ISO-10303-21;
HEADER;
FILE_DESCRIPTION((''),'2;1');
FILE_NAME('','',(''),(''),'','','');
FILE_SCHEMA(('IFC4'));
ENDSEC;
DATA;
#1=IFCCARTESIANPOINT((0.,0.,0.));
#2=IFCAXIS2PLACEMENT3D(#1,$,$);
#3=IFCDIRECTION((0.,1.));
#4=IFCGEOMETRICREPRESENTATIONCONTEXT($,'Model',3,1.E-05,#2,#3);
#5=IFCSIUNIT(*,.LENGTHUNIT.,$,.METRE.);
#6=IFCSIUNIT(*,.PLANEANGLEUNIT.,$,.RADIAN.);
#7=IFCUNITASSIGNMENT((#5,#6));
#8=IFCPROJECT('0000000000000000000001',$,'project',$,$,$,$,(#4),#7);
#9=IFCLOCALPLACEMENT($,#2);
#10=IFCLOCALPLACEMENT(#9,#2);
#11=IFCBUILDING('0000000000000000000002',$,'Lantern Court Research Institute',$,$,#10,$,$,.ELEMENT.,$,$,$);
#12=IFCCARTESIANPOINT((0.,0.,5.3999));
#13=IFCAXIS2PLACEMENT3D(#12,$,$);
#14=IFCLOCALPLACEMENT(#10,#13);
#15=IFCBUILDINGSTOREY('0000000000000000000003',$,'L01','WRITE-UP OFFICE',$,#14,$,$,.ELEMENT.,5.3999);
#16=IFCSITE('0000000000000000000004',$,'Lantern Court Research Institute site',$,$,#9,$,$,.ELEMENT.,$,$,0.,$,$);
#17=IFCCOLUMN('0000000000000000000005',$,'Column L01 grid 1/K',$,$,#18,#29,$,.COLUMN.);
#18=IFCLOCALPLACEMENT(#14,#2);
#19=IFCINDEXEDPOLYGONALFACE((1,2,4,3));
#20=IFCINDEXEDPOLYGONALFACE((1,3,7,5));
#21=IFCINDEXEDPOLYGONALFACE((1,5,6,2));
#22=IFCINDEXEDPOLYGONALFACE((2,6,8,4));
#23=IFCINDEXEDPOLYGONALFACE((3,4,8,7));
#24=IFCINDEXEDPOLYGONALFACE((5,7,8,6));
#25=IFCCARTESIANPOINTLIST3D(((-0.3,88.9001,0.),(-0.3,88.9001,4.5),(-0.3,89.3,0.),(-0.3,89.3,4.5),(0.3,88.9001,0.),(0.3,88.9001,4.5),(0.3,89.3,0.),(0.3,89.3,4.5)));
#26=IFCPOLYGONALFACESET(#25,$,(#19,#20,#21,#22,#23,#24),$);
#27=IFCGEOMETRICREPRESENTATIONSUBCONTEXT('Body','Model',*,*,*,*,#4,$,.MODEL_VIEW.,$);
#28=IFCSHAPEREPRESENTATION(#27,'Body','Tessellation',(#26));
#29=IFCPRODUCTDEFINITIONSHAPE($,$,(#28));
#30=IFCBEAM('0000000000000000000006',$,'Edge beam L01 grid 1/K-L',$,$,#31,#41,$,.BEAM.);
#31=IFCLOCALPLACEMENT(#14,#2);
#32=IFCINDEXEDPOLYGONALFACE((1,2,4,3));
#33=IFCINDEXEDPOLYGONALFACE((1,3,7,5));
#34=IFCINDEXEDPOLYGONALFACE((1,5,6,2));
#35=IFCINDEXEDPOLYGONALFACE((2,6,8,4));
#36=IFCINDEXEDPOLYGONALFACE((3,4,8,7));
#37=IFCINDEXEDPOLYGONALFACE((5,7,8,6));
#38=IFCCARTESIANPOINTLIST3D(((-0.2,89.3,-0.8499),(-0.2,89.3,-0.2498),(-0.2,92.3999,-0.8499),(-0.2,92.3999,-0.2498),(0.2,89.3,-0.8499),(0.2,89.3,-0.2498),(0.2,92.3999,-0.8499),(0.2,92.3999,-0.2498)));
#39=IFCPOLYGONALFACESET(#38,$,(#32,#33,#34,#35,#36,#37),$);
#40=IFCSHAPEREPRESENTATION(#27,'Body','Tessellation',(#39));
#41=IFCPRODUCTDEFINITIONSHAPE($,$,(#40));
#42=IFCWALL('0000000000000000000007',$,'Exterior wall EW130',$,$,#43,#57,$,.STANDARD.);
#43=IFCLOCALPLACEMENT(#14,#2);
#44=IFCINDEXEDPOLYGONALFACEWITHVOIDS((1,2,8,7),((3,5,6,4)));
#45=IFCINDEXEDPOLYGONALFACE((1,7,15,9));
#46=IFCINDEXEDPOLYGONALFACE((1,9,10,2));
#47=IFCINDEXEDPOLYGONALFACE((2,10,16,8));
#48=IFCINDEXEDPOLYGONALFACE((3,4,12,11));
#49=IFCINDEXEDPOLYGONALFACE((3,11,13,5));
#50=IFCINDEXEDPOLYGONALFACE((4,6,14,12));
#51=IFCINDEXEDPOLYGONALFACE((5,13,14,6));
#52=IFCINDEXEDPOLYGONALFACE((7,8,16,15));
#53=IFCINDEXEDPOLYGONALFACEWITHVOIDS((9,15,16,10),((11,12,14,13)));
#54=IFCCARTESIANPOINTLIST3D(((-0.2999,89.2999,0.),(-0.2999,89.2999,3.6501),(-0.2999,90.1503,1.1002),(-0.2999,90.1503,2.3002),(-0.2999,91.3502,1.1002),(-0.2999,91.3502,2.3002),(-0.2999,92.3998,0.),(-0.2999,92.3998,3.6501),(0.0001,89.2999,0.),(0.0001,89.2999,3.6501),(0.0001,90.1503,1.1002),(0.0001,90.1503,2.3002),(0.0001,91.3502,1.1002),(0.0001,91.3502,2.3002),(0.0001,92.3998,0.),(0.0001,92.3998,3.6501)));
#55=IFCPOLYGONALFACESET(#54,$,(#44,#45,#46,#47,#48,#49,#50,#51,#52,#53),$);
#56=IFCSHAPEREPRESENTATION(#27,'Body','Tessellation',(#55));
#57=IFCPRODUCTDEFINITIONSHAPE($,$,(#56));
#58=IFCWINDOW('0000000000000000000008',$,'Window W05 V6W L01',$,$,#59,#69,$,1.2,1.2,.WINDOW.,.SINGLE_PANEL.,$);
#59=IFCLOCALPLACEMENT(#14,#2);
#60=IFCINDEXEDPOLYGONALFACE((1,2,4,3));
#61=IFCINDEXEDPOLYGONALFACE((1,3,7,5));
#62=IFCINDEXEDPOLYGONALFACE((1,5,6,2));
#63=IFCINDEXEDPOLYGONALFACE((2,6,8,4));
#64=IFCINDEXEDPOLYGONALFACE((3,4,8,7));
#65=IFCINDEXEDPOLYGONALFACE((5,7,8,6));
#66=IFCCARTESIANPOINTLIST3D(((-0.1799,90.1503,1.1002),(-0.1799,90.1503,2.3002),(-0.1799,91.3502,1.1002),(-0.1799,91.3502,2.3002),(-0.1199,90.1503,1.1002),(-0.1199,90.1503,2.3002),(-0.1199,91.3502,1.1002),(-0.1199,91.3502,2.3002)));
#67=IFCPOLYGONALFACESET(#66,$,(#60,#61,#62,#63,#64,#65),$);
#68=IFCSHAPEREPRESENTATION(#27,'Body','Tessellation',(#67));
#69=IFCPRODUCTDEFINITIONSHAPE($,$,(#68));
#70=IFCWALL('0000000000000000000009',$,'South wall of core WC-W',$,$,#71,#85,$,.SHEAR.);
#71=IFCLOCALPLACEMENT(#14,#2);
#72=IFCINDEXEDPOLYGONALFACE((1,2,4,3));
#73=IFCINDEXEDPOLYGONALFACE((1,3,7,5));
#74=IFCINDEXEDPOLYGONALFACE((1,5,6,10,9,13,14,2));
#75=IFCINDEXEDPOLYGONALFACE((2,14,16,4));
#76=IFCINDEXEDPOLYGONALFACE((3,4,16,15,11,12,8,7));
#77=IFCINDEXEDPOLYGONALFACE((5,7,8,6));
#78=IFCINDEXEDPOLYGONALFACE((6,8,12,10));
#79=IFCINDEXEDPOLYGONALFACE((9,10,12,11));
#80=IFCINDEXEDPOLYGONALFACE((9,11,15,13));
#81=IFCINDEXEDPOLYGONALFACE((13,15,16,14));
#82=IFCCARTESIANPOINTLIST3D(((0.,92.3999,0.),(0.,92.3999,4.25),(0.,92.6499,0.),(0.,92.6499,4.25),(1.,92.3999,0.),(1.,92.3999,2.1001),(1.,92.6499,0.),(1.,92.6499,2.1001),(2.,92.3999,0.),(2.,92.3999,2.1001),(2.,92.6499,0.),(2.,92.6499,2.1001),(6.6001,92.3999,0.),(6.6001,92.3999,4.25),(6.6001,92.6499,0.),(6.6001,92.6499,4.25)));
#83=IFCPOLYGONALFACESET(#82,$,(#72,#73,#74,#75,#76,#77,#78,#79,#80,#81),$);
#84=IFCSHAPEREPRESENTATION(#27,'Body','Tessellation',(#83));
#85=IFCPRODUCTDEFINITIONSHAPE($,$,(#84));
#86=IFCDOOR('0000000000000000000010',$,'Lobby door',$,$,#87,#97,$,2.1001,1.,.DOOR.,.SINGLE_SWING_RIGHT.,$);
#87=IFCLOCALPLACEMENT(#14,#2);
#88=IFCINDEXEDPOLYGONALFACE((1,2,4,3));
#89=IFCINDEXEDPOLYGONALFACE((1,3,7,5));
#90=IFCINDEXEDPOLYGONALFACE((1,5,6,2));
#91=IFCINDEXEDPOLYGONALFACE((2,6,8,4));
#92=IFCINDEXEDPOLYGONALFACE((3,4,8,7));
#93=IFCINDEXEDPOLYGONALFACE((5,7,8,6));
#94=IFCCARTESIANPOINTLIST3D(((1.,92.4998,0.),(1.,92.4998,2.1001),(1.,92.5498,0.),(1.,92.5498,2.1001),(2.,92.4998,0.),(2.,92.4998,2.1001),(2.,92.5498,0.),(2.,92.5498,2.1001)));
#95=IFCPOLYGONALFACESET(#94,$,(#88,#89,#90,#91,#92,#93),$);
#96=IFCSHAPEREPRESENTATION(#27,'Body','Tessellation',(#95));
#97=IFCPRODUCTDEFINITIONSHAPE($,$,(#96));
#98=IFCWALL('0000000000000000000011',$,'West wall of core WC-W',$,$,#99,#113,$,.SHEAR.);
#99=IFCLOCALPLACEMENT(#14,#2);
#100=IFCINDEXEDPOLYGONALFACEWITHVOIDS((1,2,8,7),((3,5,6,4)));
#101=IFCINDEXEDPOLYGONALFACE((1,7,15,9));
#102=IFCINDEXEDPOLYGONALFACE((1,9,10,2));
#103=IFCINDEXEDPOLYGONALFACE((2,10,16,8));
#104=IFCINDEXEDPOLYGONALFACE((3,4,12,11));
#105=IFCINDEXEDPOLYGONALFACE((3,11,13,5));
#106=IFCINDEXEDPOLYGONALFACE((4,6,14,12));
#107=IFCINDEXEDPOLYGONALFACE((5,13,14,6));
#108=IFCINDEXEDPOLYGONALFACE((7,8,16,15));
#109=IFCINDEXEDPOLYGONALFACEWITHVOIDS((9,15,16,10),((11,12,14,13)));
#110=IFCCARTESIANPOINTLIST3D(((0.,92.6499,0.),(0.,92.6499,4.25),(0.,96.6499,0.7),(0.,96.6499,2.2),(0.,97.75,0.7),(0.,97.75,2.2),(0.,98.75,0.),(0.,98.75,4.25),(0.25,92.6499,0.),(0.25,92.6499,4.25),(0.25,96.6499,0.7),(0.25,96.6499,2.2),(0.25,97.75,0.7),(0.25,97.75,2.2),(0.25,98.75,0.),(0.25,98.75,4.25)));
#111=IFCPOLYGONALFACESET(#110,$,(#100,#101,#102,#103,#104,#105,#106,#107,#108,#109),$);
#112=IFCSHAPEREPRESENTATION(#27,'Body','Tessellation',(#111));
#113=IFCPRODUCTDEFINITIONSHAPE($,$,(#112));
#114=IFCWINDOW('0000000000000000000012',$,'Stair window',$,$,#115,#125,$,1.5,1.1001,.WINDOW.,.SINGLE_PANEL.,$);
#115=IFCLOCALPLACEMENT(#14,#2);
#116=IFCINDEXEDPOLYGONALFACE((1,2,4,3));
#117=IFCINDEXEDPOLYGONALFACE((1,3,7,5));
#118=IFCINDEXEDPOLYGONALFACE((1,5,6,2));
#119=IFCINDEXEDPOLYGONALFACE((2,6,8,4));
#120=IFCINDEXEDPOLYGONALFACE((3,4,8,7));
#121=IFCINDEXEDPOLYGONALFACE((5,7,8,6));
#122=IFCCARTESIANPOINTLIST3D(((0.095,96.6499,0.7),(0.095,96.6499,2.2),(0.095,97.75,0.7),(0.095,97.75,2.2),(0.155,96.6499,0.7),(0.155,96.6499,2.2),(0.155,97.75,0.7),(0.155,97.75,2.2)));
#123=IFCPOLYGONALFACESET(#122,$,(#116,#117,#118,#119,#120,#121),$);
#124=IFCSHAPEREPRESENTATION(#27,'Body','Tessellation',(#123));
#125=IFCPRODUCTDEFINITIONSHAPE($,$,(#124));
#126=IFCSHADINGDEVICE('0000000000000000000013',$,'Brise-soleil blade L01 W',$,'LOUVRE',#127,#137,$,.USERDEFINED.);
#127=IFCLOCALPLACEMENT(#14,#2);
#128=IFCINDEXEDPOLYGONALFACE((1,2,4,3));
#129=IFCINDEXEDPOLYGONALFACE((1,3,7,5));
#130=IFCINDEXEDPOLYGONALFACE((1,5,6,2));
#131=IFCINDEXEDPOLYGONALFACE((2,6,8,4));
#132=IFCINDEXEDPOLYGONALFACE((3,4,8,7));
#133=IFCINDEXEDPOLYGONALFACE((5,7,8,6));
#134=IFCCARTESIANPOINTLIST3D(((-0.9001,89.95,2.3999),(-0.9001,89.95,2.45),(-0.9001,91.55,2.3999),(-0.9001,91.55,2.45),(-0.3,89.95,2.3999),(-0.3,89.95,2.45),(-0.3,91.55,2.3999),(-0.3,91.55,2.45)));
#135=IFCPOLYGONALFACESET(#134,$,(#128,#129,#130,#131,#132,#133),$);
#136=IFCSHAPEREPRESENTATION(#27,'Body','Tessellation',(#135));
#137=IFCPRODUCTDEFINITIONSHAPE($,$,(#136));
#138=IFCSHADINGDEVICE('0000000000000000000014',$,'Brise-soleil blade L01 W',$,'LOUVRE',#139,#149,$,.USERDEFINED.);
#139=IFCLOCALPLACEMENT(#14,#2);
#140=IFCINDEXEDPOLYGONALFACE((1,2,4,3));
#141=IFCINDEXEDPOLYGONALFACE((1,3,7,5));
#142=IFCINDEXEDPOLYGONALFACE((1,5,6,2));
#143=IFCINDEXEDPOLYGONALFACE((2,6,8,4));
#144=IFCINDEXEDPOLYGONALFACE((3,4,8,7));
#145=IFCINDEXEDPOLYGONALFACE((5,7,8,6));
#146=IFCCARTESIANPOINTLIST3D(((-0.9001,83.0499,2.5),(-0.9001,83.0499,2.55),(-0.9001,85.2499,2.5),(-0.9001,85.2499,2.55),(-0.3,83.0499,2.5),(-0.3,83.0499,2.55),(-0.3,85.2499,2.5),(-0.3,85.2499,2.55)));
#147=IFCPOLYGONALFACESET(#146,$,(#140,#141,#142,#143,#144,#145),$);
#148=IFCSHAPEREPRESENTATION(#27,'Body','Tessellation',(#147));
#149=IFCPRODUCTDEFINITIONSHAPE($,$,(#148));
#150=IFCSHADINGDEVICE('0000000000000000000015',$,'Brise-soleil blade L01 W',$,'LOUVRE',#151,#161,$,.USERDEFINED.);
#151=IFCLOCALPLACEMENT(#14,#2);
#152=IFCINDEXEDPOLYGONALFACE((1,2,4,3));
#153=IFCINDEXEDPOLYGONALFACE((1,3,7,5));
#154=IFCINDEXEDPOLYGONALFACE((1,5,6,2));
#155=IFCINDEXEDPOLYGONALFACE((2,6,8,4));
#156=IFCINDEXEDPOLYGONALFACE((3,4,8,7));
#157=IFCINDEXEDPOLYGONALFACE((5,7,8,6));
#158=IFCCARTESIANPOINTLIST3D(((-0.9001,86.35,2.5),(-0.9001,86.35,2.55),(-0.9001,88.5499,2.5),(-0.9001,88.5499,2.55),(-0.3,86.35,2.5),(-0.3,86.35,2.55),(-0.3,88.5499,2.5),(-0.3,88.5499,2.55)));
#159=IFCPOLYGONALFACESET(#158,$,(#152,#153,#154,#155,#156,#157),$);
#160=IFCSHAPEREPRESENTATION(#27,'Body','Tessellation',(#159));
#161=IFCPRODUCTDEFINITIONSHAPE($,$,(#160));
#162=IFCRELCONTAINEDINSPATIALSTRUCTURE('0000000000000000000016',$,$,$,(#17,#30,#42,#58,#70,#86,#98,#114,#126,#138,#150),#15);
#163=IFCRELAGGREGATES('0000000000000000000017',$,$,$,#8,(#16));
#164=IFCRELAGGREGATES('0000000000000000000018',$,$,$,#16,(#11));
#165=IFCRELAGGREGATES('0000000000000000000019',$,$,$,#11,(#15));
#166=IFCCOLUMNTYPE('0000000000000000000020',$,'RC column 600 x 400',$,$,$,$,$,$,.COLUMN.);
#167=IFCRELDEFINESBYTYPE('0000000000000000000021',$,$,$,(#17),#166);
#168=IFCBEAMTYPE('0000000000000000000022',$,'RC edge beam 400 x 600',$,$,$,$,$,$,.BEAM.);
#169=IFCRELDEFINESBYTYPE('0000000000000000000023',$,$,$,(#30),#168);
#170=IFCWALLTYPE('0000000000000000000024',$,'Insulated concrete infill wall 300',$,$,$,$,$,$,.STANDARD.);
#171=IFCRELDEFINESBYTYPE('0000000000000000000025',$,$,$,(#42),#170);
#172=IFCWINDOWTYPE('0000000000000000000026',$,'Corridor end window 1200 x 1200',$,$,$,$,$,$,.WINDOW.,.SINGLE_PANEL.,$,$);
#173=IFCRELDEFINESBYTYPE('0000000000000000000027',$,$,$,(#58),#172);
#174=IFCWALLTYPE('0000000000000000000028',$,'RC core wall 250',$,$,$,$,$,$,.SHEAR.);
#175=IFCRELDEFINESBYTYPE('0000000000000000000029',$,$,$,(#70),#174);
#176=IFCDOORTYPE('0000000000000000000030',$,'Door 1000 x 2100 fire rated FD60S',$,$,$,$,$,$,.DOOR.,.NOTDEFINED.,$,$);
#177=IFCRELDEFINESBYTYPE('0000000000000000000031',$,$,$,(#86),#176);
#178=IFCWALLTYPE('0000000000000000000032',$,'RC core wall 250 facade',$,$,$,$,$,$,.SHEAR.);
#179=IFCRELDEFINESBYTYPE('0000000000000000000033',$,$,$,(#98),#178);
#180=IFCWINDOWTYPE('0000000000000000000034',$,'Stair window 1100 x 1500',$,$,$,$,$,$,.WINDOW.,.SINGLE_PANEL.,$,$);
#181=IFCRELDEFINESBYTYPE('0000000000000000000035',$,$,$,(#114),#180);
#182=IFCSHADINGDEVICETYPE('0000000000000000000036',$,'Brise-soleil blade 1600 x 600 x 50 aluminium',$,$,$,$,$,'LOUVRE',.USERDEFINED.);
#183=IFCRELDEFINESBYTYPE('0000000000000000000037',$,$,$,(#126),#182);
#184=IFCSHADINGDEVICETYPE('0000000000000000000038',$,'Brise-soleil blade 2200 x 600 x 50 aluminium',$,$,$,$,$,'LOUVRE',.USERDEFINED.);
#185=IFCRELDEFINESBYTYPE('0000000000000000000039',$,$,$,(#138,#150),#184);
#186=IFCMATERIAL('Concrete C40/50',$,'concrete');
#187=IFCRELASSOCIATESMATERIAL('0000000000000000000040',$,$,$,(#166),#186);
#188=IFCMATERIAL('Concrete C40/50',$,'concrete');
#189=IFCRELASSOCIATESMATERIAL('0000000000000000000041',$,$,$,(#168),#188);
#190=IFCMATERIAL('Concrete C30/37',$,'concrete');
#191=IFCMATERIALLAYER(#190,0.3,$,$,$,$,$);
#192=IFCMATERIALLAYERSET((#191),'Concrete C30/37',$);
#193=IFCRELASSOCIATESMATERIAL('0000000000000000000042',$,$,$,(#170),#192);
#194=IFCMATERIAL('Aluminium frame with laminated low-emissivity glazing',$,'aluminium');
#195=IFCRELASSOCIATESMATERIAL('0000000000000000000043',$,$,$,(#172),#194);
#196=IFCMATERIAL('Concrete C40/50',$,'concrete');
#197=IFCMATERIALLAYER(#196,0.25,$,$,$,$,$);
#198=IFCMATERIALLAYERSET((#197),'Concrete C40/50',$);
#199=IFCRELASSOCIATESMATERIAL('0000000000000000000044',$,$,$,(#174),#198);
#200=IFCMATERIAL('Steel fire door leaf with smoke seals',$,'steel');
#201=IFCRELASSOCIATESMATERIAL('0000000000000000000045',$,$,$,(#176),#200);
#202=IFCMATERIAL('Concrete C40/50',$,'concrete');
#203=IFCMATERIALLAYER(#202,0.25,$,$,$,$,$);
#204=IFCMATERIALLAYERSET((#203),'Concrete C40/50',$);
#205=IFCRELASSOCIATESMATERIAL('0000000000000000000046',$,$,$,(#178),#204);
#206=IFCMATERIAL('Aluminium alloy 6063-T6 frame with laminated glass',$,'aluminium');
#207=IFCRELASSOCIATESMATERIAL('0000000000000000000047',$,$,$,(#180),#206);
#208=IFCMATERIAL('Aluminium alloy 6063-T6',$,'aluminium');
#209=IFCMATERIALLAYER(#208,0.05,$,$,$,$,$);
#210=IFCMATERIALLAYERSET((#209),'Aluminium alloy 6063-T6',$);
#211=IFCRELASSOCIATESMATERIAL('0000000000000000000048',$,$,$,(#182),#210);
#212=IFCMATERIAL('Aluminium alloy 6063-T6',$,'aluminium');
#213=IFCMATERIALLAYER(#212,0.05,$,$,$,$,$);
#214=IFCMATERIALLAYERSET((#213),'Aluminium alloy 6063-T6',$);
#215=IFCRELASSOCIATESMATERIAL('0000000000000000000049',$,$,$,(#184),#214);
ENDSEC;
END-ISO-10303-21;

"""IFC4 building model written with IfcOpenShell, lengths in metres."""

from ifc_helpers import new_model, si_unit, direction, frame, frame_2d, origin, origin_2d, place, context, subcontext, project, spatial, rectangle, extrude, material, layer, layer_set, material_profile, profile_set, type_object, element, fill, save


model = new_model("IFC4")

# Units and contexts
model_context = context("Model", 3, precision=1e-05, world=origin(), true_north=direction((0.0, 1.0)))
body_context = subcontext(model_context, "Body", "Model", "MODEL_VIEW")
ifc_project = project(units=[si_unit("LENGTHUNIT", "METRE"), si_unit("PLANEANGLEUNIT", "RADIAN")], contexts=[model_context])

# Site, building, storey
site_placement = place(None, origin())
site = spatial("IfcSite", under=ifc_project, at=site_placement, Name="Lantern Court Research Institute site", CompositionType="ELEMENT", RefElevation=0.0)
building_placement = place(site_placement, origin())
building = spatial("IfcBuilding", under=site, at=building_placement, Name="Lantern Court Research Institute", CompositionType="ELEMENT")
storey_placement = place(building_placement, frame((0.0, 0.0, 5.3999)))
storey = spatial("IfcBuildingStorey", under=building, at=storey_placement, Name="L01", Description="WRITE-UP OFFICE", CompositionType="ELEMENT", Elevation=5.3999)

# Column
ifc_material_1 = material(Name="Concrete C40/50", Category="concrete")
ifc_material_profile_1 = material_profile(ifc_material_1, rectangle(XDim=0.6001, YDim=0.3999, at=origin_2d()), Name="RC column 600 x 400")
ifc_profile_set_1 = profile_set([ifc_material_profile_1], Name="Concrete C40/50")
column_type = type_object("IfcColumnType", Name="RC column 600 x 400", PredefinedType="COLUMN", material=ifc_profile_set_1)
column_placement = place(storey_placement, frame((0.0, 89.1001, 0.0), z_axis=(0.0, 0.0, 1.0), x_axis=(1.0, 0.0, 0.0)))
element("IfcColumn", 1, at=column_placement, inside=storey, type_object=column_type, Name="Column L01 grid 1/K", PredefinedType="COLUMN", context=body_context, shape_type="SweptSolid", body=[
    extrude(rectangle(XDim=0.6001, YDim=0.3999, at=origin_2d()), origin(), (0.0, 0.0, 1.0), 4.5),
])

# Beam
ifc_material_2 = material(Name="Concrete C40/50", Category="concrete")
ifc_material_profile_2 = material_profile(ifc_material_2, rectangle(XDim=0.3999, YDim=0.6001, at=origin_2d()), Name="RC beam 400 x 600")
ifc_profile_set_2 = profile_set([ifc_material_profile_2], Name="Concrete C40/50")
beam_type = type_object("IfcBeamType", Name="RC edge beam 400 x 600", PredefinedType="BEAM", material=ifc_profile_set_2)
beam_placement = place(storey_placement, frame((0.0, 89.3, -0.5498), z_axis=(0.0, 1.0, 0.0), x_axis=(-1.0, 0.0, 0.0)))
element("IfcBeam", 2, at=beam_placement, inside=storey, type_object=beam_type, Name="Edge beam L01 grid 1/K-L", PredefinedType="BEAM", context=body_context, shape_type="SweptSolid", body=[
    extrude(rectangle(XDim=0.3999, YDim=0.6001, at=origin_2d()), origin(), (0.0, 0.0, 1.0), 3.0999),
])

# Wall, opening, window
ifc_material_3 = material(Name="Concrete C30/37", Category="concrete")
ifc_layer_1 = layer(ifc_material_3, 0.3)
ifc_layer_set_1 = layer_set([ifc_layer_1], Name="Concrete C30/37")
wall_type_1 = type_object("IfcWallType", Name="Insulated concrete infill wall 300", PredefinedType="STANDARD", material=ifc_layer_set_1)
wall_1_placement = place(storey_placement, frame((-0.1499, 89.3, 0.0), z_axis=(0.0, 0.0, 1.0), x_axis=(0.0, 1.0, 0.0)))
wall_1 = element("IfcWall", 3, at=wall_1_placement, inside=storey, type_object=wall_type_1, Name="Exterior wall EW130", PredefinedType="STANDARD", context=body_context, shape_type="SweptSolid", body=[
    extrude(rectangle(XDim=3.0999, YDim=0.3, at=frame_2d((1.5498, 0.0))), origin(), (0.0, 0.0, 1.0), 3.6501),
])
opening_1_placement = place(wall_1_placement, frame((0.8501, 0.0, 1.1001)))
opening_1 = element("IfcOpeningElement", 4, at=opening_1_placement, cuts=wall_1, PredefinedType="OPENING", context=body_context, shape_type="SweptSolid", body=[
    extrude(rectangle(XDim=1.2, YDim=1.2, at=frame_2d((0.6001, 0.6001))), frame((0.0, 0.1599, 0.0), z_axis=(0.0, -1.0, 0.0), x_axis=(1.0, 0.0, 0.0)), (0.0, 0.0, 1.0), 0.3201),
])
ifc_material_4 = material(Name="Aluminium frame with laminated low-emissivity glazing", Category="aluminium")
window_type_1 = type_object("IfcWindowType", Name="Corridor end window 1200 x 1200", PartitioningType="SINGLE_PANEL", PredefinedType="WINDOW", material=ifc_material_4)
window_1_placement = place(opening_1_placement, origin())
window_1 = element("IfcWindow", 5, at=window_1_placement, inside=storey, type_object=window_type_1, Name="Window W05 V6W L01", OverallHeight=1.2, OverallWidth=1.2, PartitioningType="SINGLE_PANEL", PredefinedType="WINDOW", context=body_context, shape_type="SweptSolid", body=[
    extrude(rectangle(XDim=1.2, YDim=1.2, at=frame_2d((0.6001, 0.6001))), frame((0.0, 0.03, 0.0), z_axis=(0.0, -1.0, 0.0), x_axis=(1.0, 0.0, 0.0)), (0.0, 0.0, 1.0), 0.0601),
])
fill(opening_1, window_1)

# Wall, opening, door
ifc_material_5 = material(Name="Concrete C40/50", Category="concrete")
ifc_layer_2 = layer(ifc_material_5, 0.25)
ifc_layer_set_2 = layer_set([ifc_layer_2], Name="Concrete C40/50")
wall_type_2 = type_object("IfcWallType", Name="RC core wall 250", PredefinedType="SHEAR", material=ifc_layer_set_2)
wall_2_placement = place(storey_placement, frame((0.0, 92.5249, 0.0), z_axis=(0.0, 0.0, 1.0), x_axis=(1.0, 0.0, 0.0)))
wall_2 = element("IfcWall", 6, at=wall_2_placement, inside=storey, type_object=wall_type_2, Name="South wall of core WC-W", PredefinedType="SHEAR", context=body_context, shape_type="SweptSolid", body=[
    extrude(rectangle(XDim=6.6001, YDim=0.25, at=frame_2d((3.3, 0.0))), origin(), (0.0, 0.0, 1.0), 4.25),
])
opening_2_placement = place(wall_2_placement, frame((1.0, 0.0, 0.0)))
opening_2 = element("IfcOpeningElement", 7, at=opening_2_placement, cuts=wall_2, PredefinedType="OPENING", context=body_context, shape_type="SweptSolid", body=[
    extrude(rectangle(XDim=1.0, YDim=2.1001, at=frame_2d((0.5, 1.05))), frame((0.0, 0.135, 0.0), z_axis=(0.0, -1.0, 0.0), x_axis=(1.0, 0.0, 0.0)), (0.0, 0.0, 1.0), 0.27),
])
ifc_material_6 = material(Name="Steel fire door leaf with smoke seals", Category="steel")
door_type = type_object("IfcDoorType", Name="Door 1000 x 2100 fire rated FD60S", OperationType="NOTDEFINED", PredefinedType="DOOR", material=ifc_material_6)
door_placement = place(opening_2_placement, origin())
door = element("IfcDoor", 8, at=door_placement, inside=storey, type_object=door_type, Name="Lobby door", OperationType="SINGLE_SWING_RIGHT", OverallHeight=2.1001, OverallWidth=1.0, PredefinedType="DOOR", context=body_context, shape_type="SweptSolid", body=[
    extrude(rectangle(XDim=1.0, YDim=2.1001, at=frame_2d((0.5, 1.05))), frame((0.0, 0.0249, 0.0), z_axis=(0.0, -1.0, 0.0), x_axis=(1.0, 0.0, 0.0)), (0.0, 0.0, 1.0), 0.05),
])
fill(opening_2, door)

# Wall, opening, window
ifc_material_7 = material(Name="Concrete C40/50", Category="concrete")
ifc_layer_3 = layer(ifc_material_7, 0.25)
ifc_layer_set_3 = layer_set([ifc_layer_3], Name="Concrete C40/50")
wall_type_3 = type_object("IfcWallType", Name="RC core wall 250 facade", PredefinedType="SHEAR", material=ifc_layer_set_3)
wall_3_placement = place(storey_placement, frame((0.125, 92.6499, 0.0), z_axis=(0.0, 0.0, 1.0), x_axis=(0.0, 1.0, 0.0)))
wall_3 = element("IfcWall", 9, at=wall_3_placement, inside=storey, type_object=wall_type_3, Name="West wall of core WC-W", PredefinedType="SHEAR", context=body_context, shape_type="SweptSolid", body=[
    extrude(rectangle(XDim=6.1001, YDim=0.25, at=frame_2d((3.05, 0.0))), origin(), (0.0, 0.0, 1.0), 4.25),
])
opening_3_placement = place(wall_3_placement, frame((4.0, 0.0, 0.7)))
opening_3 = element("IfcOpeningElement", 10, at=opening_3_placement, cuts=wall_3, PredefinedType="OPENING", context=body_context, shape_type="SweptSolid", body=[
    extrude(rectangle(XDim=1.1001, YDim=1.5, at=frame_2d((0.55, 0.75))), frame((0.0, 0.135, 0.0), z_axis=(0.0, -1.0, 0.0), x_axis=(1.0, 0.0, 0.0)), (0.0, 0.0, 1.0), 0.27),
])
ifc_material_8 = material(Name="Aluminium alloy 6063-T6 frame with laminated glass", Category="aluminium")
window_type_2 = type_object("IfcWindowType", Name="Stair window 1100 x 1500", PartitioningType="SINGLE_PANEL", PredefinedType="WINDOW", material=ifc_material_8)
window_2_placement = place(opening_3_placement, origin())
window_2 = element("IfcWindow", 11, at=window_2_placement, inside=storey, type_object=window_type_2, Name="Stair window", OverallHeight=1.5, OverallWidth=1.1001, PartitioningType="SINGLE_PANEL", PredefinedType="WINDOW", context=body_context, shape_type="SweptSolid", body=[
    extrude(rectangle(XDim=1.1001, YDim=1.5, at=frame_2d((0.55, 0.75))), frame((0.0, 0.03, 0.0), z_axis=(0.0, -1.0, 0.0), x_axis=(1.0, 0.0, 0.0)), (0.0, 0.0, 1.0), 0.0601),
])
fill(opening_3, window_2)

# Shading devices
ifc_material_9 = material(Name="Aluminium alloy 6063-T6", Category="aluminium")
ifc_layer_4 = layer(ifc_material_9, 0.05)
ifc_layer_set_4 = layer_set([ifc_layer_4], Name="Aluminium alloy 6063-T6")
shading_device_type_1 = type_object("IfcShadingDeviceType", Name="Brise-soleil blade 1600 x 600 x 50 aluminium", ElementType="LOUVRE", PredefinedType="USERDEFINED", material=ifc_layer_set_4)
shading_device_placement = place(storey_placement, frame((-0.6001, 90.75, 2.3999), z_axis=(0.0, 0.0, 1.0), x_axis=(0.0, 1.0, 0.0)))
element("IfcShadingDevice", 12, at=shading_device_placement, inside=storey, type_object=shading_device_type_1, Name="Brise-soleil blade L01 W", ObjectType="LOUVRE", PredefinedType="USERDEFINED", context=body_context, shape_type="SweptSolid", body=[
    extrude(rectangle(XDim=1.6001, YDim=0.6001, at=origin_2d()), origin(), (0.0, 0.0, 1.0), 0.05),
])
ifc_material_10 = material(Name="Aluminium alloy 6063-T6", Category="aluminium")
ifc_layer_5 = layer(ifc_material_10, 0.05)
ifc_layer_set_5 = layer_set([ifc_layer_5], Name="Aluminium alloy 6063-T6")
shading_device_type_2 = type_object("IfcShadingDeviceType", Name="Brise-soleil blade 2200 x 600 x 50 aluminium", ElementType="LOUVRE", PredefinedType="USERDEFINED", material=ifc_layer_set_5)
for number, where, z_axis, x_axis, name in (
    (13, (-0.6001, 84.1499, 2.5), (0.0, 0.0, 1.0), (0.0, 1.0, 0.0), "Brise-soleil blade L01 W"),
    (14, (-0.6001, 87.45, 2.5), (0.0, 0.0, 1.0), (0.0, 1.0, 0.0), "Brise-soleil blade L01 W"),
):
    element("IfcShadingDevice", number, at=place(storey_placement, frame(where, z_axis=z_axis, x_axis=x_axis)), inside=storey, type_object=shading_device_type_2, Name=name, ObjectType="LOUVRE", PredefinedType="USERDEFINED", context=body_context, shape_type="SweptSolid", body=[
        extrude(rectangle(XDim=2.2, YDim=0.6001, at=origin_2d()), origin(), (0.0, 0.0, 1.0), 0.05),
    ])

save(model, "model.ifc")
